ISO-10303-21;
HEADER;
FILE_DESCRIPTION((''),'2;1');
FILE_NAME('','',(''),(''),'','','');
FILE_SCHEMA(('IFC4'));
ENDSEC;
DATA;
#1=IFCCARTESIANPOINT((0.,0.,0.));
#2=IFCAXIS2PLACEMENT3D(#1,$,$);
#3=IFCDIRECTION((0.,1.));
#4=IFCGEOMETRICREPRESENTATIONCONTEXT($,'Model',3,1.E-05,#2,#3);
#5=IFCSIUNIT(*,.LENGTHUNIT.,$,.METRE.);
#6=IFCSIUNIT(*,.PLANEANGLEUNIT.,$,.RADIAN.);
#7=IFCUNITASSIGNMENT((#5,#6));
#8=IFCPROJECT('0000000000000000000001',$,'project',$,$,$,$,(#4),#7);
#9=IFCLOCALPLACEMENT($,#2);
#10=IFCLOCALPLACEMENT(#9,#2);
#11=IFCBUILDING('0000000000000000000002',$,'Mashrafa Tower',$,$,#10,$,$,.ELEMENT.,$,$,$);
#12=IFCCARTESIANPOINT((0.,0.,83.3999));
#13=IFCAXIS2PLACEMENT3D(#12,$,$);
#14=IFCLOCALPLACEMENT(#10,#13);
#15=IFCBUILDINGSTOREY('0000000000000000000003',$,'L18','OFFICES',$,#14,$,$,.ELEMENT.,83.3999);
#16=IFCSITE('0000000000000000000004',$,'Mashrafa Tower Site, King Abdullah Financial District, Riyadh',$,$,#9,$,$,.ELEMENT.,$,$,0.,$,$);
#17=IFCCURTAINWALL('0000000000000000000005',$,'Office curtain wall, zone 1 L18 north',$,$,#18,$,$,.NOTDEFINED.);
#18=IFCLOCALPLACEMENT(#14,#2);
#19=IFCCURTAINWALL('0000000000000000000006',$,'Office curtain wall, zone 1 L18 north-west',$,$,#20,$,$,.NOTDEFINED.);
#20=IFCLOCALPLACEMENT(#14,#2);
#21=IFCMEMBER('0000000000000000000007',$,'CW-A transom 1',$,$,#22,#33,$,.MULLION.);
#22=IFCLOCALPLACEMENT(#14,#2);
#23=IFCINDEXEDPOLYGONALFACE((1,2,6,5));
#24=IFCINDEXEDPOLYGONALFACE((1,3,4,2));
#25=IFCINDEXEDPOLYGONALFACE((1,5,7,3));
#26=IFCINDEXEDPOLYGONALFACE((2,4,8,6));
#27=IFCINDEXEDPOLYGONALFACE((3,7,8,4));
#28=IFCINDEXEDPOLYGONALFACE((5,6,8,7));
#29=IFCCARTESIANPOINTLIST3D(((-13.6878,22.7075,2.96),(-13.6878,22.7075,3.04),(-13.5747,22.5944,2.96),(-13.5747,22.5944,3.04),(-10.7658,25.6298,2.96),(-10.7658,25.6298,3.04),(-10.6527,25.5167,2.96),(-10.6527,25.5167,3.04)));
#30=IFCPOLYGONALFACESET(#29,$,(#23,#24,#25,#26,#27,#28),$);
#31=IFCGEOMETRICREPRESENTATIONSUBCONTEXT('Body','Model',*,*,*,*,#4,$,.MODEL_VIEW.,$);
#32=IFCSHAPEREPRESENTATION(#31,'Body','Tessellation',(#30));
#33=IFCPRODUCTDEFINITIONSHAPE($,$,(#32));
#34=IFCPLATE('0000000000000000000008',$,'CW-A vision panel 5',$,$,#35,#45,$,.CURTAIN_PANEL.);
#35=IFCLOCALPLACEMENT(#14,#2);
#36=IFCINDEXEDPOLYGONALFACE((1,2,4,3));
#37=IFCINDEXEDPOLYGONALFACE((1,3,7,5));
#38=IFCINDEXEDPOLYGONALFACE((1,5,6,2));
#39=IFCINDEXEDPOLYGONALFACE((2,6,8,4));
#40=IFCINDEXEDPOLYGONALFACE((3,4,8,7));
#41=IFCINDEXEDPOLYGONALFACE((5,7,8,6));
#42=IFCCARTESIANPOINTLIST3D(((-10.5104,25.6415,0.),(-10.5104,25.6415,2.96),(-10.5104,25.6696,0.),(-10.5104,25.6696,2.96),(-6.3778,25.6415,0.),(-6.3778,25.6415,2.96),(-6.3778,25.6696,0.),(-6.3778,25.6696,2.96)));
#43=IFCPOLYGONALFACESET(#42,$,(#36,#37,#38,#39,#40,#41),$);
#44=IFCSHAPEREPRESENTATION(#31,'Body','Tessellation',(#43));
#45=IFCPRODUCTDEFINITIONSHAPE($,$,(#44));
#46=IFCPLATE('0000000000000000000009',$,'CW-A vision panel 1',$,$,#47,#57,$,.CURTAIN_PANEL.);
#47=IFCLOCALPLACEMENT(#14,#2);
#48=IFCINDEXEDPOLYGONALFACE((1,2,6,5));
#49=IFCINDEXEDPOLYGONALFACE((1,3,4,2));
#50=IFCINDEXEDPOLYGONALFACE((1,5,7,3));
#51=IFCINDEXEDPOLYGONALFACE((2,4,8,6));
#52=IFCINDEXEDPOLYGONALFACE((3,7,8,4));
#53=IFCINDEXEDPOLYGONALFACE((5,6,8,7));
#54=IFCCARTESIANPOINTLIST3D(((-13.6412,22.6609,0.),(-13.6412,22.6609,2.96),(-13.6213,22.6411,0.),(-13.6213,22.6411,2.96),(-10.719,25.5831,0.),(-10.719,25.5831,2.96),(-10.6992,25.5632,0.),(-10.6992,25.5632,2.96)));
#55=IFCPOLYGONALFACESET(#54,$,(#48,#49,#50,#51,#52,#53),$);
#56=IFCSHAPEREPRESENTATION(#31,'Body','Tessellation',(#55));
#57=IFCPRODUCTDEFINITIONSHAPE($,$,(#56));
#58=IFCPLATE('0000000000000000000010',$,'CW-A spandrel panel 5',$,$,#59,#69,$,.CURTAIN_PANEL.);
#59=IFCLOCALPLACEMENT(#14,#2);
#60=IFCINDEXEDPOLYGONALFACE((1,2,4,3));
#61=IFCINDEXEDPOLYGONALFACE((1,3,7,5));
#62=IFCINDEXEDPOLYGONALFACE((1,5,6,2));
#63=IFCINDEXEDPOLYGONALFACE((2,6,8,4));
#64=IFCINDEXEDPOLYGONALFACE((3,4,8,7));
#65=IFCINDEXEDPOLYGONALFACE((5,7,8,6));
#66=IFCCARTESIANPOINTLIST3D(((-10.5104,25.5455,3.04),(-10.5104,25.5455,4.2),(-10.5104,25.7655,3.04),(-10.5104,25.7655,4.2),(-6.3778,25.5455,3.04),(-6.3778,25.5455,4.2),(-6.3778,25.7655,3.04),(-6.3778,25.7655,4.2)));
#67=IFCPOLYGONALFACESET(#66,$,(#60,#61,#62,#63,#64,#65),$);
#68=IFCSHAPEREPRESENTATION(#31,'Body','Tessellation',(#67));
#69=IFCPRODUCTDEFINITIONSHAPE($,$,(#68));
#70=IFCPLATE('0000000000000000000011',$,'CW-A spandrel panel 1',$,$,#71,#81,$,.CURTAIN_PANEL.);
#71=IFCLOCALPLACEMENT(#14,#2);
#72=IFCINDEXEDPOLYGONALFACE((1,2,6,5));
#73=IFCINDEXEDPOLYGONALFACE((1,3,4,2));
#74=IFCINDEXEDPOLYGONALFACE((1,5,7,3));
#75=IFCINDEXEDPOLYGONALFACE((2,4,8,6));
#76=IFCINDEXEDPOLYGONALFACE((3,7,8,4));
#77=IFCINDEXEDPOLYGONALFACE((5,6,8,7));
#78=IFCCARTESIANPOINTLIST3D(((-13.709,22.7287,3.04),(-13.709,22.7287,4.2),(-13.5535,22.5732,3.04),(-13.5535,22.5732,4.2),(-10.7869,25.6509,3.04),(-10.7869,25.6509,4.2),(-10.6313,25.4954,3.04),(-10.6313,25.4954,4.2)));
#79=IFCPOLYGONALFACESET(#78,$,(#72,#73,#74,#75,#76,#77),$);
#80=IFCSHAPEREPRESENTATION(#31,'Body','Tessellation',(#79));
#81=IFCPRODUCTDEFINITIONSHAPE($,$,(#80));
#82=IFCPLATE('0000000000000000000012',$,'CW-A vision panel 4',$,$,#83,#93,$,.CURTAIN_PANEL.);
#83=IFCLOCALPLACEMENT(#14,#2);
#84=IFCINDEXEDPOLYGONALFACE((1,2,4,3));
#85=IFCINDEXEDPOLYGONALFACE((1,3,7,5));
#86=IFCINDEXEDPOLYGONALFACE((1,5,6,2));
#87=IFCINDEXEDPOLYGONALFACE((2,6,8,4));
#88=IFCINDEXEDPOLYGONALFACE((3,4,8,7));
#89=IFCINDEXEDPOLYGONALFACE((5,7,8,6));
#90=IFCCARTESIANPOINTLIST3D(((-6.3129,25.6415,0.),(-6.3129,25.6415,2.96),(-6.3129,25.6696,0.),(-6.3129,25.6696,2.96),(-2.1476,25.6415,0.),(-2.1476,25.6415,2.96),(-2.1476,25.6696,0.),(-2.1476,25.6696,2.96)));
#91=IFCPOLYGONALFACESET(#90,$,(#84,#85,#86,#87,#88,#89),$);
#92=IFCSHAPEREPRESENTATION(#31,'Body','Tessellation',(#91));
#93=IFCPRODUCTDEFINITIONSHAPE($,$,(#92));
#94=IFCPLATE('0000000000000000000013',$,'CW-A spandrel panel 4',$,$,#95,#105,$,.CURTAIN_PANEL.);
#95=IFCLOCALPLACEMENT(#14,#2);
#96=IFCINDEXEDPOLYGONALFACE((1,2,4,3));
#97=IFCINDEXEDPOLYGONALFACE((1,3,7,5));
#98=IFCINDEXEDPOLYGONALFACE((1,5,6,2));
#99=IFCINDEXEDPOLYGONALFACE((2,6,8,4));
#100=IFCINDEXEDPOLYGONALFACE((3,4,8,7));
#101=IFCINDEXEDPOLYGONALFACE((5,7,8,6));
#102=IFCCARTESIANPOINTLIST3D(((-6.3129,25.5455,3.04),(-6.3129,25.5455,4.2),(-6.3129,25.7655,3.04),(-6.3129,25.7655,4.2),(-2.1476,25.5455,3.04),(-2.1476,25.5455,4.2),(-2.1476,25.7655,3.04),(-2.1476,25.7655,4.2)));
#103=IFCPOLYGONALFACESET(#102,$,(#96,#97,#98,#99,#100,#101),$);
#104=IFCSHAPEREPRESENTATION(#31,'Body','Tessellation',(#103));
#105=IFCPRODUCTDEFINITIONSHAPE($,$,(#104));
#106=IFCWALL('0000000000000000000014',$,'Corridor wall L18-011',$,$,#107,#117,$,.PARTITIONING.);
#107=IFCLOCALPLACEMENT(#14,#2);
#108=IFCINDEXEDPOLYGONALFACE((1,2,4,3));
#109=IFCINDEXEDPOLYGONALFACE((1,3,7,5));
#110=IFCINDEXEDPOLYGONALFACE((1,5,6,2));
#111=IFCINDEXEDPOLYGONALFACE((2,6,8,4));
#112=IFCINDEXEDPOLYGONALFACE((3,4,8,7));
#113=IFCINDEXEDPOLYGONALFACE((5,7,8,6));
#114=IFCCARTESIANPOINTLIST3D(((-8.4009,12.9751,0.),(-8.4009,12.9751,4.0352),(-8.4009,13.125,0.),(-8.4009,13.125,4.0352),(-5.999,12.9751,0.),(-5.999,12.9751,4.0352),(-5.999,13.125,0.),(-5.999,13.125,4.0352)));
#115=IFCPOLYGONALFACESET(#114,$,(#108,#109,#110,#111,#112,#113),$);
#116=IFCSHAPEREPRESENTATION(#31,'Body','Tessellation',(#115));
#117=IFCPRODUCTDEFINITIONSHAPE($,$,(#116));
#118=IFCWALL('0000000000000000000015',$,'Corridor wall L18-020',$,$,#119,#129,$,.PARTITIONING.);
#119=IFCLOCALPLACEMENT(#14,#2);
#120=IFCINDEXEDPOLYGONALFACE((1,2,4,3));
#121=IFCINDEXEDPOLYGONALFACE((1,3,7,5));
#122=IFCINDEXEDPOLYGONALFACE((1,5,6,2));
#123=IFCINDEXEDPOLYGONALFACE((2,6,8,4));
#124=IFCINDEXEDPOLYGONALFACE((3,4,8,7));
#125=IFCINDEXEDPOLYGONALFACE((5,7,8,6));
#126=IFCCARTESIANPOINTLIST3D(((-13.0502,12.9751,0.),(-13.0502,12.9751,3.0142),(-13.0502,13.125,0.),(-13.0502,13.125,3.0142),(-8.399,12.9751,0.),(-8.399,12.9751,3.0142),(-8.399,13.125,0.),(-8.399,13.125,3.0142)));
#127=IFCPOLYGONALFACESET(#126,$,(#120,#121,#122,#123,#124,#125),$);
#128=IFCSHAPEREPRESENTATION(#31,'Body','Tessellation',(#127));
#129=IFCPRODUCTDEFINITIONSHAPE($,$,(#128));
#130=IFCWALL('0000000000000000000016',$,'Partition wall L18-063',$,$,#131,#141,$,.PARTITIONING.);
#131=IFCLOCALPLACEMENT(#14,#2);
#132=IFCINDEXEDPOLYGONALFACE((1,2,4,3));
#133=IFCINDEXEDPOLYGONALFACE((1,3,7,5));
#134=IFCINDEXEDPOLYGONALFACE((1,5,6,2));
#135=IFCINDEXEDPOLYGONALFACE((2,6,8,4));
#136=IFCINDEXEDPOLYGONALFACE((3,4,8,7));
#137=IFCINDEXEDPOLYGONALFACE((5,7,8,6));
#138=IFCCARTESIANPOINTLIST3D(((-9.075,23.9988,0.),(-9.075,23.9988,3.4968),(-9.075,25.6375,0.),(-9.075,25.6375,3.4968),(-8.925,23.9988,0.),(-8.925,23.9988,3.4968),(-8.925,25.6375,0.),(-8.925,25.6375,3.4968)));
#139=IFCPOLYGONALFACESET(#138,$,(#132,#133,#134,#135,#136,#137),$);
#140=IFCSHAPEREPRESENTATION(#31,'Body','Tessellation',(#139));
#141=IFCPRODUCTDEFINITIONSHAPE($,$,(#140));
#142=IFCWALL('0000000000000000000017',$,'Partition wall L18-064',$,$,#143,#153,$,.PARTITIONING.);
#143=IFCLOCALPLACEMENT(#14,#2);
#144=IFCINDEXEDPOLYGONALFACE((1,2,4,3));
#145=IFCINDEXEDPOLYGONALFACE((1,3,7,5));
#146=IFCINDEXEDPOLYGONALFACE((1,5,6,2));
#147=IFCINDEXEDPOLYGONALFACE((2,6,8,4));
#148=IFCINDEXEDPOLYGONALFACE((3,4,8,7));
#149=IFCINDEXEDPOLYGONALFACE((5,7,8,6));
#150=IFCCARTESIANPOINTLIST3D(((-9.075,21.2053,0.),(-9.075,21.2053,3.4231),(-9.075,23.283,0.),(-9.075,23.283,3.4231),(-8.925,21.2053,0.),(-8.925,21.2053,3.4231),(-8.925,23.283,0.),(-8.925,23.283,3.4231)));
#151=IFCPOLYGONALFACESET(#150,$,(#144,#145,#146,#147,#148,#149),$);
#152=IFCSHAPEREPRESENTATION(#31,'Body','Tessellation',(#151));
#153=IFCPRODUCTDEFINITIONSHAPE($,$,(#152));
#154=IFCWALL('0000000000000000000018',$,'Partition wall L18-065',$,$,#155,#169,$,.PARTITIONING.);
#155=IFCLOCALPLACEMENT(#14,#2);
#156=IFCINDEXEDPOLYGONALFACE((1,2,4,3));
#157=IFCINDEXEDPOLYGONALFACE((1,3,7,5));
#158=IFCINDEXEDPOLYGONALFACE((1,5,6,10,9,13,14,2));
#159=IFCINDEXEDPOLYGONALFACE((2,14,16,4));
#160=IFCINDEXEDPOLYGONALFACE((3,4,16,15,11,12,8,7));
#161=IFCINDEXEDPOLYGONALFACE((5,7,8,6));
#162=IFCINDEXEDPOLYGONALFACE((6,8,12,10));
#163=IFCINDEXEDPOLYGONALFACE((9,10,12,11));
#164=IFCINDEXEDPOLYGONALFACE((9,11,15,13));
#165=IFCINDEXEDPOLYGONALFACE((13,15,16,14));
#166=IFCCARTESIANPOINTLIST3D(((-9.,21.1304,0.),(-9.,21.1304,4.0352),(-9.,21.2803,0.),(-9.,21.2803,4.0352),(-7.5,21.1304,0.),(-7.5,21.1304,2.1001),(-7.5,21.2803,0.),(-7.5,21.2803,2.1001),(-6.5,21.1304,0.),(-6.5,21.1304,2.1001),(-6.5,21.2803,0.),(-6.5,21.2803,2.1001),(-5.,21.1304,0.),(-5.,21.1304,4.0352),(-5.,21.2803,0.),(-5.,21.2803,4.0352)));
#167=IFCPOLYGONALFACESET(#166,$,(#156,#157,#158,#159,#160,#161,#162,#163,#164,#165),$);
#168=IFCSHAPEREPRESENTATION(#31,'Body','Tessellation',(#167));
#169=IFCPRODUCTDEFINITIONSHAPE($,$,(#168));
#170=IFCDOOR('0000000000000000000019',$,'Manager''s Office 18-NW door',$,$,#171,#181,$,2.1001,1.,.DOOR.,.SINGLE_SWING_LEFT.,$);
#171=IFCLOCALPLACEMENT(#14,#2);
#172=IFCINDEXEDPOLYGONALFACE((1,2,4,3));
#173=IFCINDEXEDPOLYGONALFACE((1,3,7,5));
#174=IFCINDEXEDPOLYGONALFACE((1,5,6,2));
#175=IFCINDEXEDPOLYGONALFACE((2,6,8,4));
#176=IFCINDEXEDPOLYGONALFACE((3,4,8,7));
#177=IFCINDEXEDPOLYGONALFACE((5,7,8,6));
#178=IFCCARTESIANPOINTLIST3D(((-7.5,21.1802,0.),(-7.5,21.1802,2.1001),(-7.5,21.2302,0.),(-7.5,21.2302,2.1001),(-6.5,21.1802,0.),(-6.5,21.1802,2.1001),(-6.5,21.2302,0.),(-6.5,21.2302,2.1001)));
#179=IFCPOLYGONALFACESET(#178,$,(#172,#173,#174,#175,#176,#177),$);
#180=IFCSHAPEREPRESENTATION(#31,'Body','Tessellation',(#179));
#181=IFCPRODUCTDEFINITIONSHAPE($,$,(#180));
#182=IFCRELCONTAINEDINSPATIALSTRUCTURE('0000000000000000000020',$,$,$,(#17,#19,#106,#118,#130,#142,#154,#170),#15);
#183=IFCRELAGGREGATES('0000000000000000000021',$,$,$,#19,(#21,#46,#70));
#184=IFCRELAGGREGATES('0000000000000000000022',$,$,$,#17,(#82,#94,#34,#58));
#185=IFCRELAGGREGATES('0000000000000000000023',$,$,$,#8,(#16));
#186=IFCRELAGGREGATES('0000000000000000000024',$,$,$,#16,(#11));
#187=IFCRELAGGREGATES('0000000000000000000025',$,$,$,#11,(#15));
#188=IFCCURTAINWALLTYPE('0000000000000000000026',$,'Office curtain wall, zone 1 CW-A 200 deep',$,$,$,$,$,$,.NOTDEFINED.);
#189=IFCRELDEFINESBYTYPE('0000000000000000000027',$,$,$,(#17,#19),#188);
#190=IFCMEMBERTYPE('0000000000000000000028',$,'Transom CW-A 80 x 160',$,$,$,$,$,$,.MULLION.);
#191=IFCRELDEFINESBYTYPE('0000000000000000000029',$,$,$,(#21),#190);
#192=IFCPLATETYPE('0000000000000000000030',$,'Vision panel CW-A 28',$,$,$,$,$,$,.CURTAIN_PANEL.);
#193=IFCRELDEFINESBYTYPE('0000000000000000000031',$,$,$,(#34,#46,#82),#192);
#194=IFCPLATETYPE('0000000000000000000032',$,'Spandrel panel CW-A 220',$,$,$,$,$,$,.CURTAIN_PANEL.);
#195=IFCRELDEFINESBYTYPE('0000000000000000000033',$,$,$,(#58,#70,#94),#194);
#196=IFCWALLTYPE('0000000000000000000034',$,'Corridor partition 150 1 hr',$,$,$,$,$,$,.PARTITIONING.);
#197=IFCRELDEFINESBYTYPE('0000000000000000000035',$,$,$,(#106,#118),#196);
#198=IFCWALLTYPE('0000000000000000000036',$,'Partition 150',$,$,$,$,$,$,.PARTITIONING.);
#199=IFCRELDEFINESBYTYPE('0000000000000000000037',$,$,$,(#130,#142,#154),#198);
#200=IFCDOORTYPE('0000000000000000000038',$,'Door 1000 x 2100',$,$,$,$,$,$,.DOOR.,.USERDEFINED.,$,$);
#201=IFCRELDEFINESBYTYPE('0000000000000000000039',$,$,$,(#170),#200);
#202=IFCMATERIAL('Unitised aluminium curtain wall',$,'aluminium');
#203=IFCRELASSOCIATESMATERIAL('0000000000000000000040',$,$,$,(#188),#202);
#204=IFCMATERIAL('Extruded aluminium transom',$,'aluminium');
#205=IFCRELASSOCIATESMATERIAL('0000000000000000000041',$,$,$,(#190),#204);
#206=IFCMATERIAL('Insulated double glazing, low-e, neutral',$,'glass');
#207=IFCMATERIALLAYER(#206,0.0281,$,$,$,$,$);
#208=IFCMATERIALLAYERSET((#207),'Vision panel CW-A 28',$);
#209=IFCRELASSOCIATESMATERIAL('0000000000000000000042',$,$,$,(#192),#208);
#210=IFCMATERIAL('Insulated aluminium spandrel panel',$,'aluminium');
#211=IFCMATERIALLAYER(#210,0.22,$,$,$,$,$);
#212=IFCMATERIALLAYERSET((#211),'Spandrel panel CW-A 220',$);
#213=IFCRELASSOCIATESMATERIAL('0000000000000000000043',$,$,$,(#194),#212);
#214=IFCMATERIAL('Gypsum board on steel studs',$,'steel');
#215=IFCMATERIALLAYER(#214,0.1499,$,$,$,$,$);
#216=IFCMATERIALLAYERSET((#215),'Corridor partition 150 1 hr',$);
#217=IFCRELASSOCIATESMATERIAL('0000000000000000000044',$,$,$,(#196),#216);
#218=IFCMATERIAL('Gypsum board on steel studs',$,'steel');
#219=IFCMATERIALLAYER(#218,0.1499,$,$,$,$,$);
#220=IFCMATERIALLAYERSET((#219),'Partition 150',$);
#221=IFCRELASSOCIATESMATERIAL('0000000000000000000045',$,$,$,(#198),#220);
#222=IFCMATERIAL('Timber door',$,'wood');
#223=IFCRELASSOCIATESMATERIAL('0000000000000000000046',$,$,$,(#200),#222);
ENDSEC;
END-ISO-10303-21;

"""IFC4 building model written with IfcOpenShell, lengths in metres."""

from ifc_helpers import new_model, si_unit, direction, frame, frame_2d, origin, origin_2d, place, context, subcontext, project, spatial, rectangle, extrude, source, transform, mapped, material, layer, layer_set, material_profile, profile_set, type_object, type_shapes, element, fill, aggregate, save


model = new_model("IFC4")

# Units and contexts
model_context = context("Model", 3, precision=1e-05, world=origin(), true_north=direction((0.0, 1.0)))
body_context = subcontext(model_context, "Body", "Model", "MODEL_VIEW")
ifc_project = project(units=[si_unit("LENGTHUNIT", "METRE"), si_unit("PLANEANGLEUNIT", "RADIAN")], contexts=[model_context])

# Site, building, storey
site_placement = place(None, origin())
site = spatial("IfcSite", under=ifc_project, at=site_placement, Name="Mashrafa Tower Site, King Abdullah Financial District, Riyadh", CompositionType="ELEMENT", RefElevation=0.0)
building_placement = place(site_placement, origin())
building = spatial("IfcBuilding", under=site, at=building_placement, Name="Mashrafa Tower", CompositionType="ELEMENT")
storey_placement = place(building_placement, frame((0.0, 0.0, 83.3999)))
storey = spatial("IfcBuildingStorey", under=building, at=storey_placement, Name="L18", Description="OFFICES", CompositionType="ELEMENT", Elevation=83.3999)

# Curtain wall
ifc_material_1 = material(Name="Unitised aluminium curtain wall", Category="aluminium")
curtain_wall_type = type_object("IfcCurtainWallType", Name="Office curtain wall, zone 1 CW-A 200 deep", PredefinedType="NOTDEFINED", material=ifc_material_1)
curtain_wall_1_placement = place(storey_placement, origin())
curtain_wall_1 = element("IfcCurtainWall", 1, at=curtain_wall_1_placement, inside=storey, type_object=curtain_wall_type, Name="Office curtain wall, zone 1 L18 north", PredefinedType="NOTDEFINED")

# Curtain wall
curtain_wall_2_placement = place(storey_placement, origin())
curtain_wall_2 = element("IfcCurtainWall", 2, at=curtain_wall_2_placement, inside=storey, type_object=curtain_wall_type, Name="Office curtain wall, zone 1 L18 north-west", PredefinedType="NOTDEFINED")

# Member
ifc_material_2 = material(Name="Extruded aluminium transom", Category="aluminium")
ifc_material_profile_1 = material_profile(ifc_material_2, rectangle(XDim=0.1599, YDim=0.0801, at=origin_2d()), Name="Transom 80x160")
ifc_profile_set_1 = profile_set([ifc_material_profile_1], Name="Extruded aluminium transom")
member_type_1 = type_object("IfcMemberType", Name="Transom CW-A 80 x 160", PredefinedType="MULLION", material=ifc_profile_set_1)
shared_shape_1 = source(origin(), body_context, "Body", "SweptSolid", [
    extrude(rectangle(XDim=0.1599, YDim=0.0801, at=origin_2d()), origin(), (0.0, 0.0, 1.0), 4.1326),
])
member_1_placement = place(storey_placement, frame((-10.7092, 25.5732, 3.0), z_axis=(-0.707077, -0.707136, 0.0), x_axis=(0.707136, -0.707077, 0.0)))
member_1 = element("IfcMember", 3, at=member_1_placement, type_object=member_type_1, Name="CW-A transom 1", PredefinedType="MULLION", context=body_context, shape_type="MappedRepresentation", body=[
    mapped(shared_shape_1, transform((0.0, 0.0, 0.0))),
])

# Plates
ifc_material_3 = material(Name="Insulated double glazing, low-e, neutral", Category="glass")
ifc_layer_1 = layer(ifc_material_3, 0.0281)
ifc_layer_set_1 = layer_set([ifc_layer_1], Name="Vision panel CW-A 28")
plate_type_1 = type_object("IfcPlateType", Name="Vision panel CW-A 28", PredefinedType="CURTAIN_PANEL", material=ifc_layer_set_1)
shared_shape_2 = source(origin(), body_context, "Body", "SweptSolid", [
    extrude(rectangle(XDim=4.1326, YDim=0.0281, at=origin_2d()), origin(), (0.0, 0.0, 1.0), 2.96),
])
plate_1_placement = place(storey_placement, frame((-8.4441, 25.6555, 0.0), z_axis=(0.0, 0.0, 1.0), x_axis=(-1.0, 0.0, 0.0)))
plate_1 = element("IfcPlate", 4, at=plate_1_placement, type_object=plate_type_1, Name="CW-A vision panel 5", PredefinedType="CURTAIN_PANEL", context=body_context, shape_type="MappedRepresentation", body=[
    mapped(shared_shape_2, transform((0.0, 0.0, 0.0))),
])
plate_2_placement = place(storey_placement, frame((-12.1702, 24.1121, 0.0), z_axis=(0.0, 0.0, 1.0), x_axis=(-0.707107, -0.707107, 0.0)))
plate_2 = element("IfcPlate", 5, at=plate_2_placement, type_object=plate_type_1, Name="CW-A vision panel 1", PredefinedType="CURTAIN_PANEL", context=body_context, shape_type="MappedRepresentation", body=[
    mapped(shared_shape_2, transform((0.0, 0.0, 0.0))),
])
ifc_material_4 = material(Name="Insulated aluminium spandrel panel", Category="aluminium")
ifc_layer_2 = layer(ifc_material_4, 0.22)
ifc_layer_set_2 = layer_set([ifc_layer_2], Name="Spandrel panel CW-A 220")
plate_type_2 = type_object("IfcPlateType", Name="Spandrel panel CW-A 220", PredefinedType="CURTAIN_PANEL", material=ifc_layer_set_2)
shared_shape_3 = source(origin(), body_context, "Body", "SweptSolid", [
    extrude(rectangle(XDim=4.1326, YDim=0.22, at=origin_2d()), origin(), (0.0, 0.0, 1.0), 1.1599),
])
plate_3_placement = place(storey_placement, frame((-8.4441, 25.6555, 3.04), z_axis=(0.0, 0.0, 1.0), x_axis=(-1.0, 0.0, 0.0)))
plate_3 = element("IfcPlate", 6, at=plate_3_placement, type_object=plate_type_2, Name="CW-A spandrel panel 5", PredefinedType="CURTAIN_PANEL", context=body_context, shape_type="MappedRepresentation", body=[
    mapped(shared_shape_3, transform((0.0, 0.0, 0.0))),
])
plate_4_placement = place(storey_placement, frame((-12.1702, 24.1121, 3.04), z_axis=(0.0, 0.0, 1.0), x_axis=(-0.707107, -0.707107, 0.0)))
plate_4 = element("IfcPlate", 7, at=plate_4_placement, type_object=plate_type_2, Name="CW-A spandrel panel 1", PredefinedType="CURTAIN_PANEL", context=body_context, shape_type="MappedRepresentation", body=[
    mapped(shared_shape_3, transform((0.0, 0.0, 0.0))),
])
aggregate(curtain_wall_2, [member_1, plate_2, plate_4])
shared_shape_4 = source(origin(), body_context, "Body", "SweptSolid", [
    extrude(rectangle(XDim=4.1653, YDim=0.0281, at=origin_2d()), origin(), (0.0, 0.0, 1.0), 2.96),
])
type_shapes(plate_type_1, [shared_shape_2, shared_shape_4])
plate_5_placement = place(storey_placement, frame((-4.2302, 25.6555, 0.0), z_axis=(0.0, 0.0, 1.0), x_axis=(-1.0, 0.0, 0.0)))
plate_5 = element("IfcPlate", 8, at=plate_5_placement, type_object=plate_type_1, Name="CW-A vision panel 4", PredefinedType="CURTAIN_PANEL", context=body_context, shape_type="MappedRepresentation", body=[
    mapped(shared_shape_4, transform((0.0, 0.0, 0.0))),
])
shared_shape_5 = source(origin(), body_context, "Body", "SweptSolid", [
    extrude(rectangle(XDim=4.1653, YDim=0.22, at=origin_2d()), origin(), (0.0, 0.0, 1.0), 1.1599),
])
type_shapes(plate_type_2, [shared_shape_3, shared_shape_5])
plate_6_placement = place(storey_placement, frame((-4.2302, 25.6555, 3.04), z_axis=(0.0, 0.0, 1.0), x_axis=(-1.0, 0.0, 0.0)))
plate_6 = element("IfcPlate", 9, at=plate_6_placement, type_object=plate_type_2, Name="CW-A spandrel panel 4", PredefinedType="CURTAIN_PANEL", context=body_context, shape_type="MappedRepresentation", body=[
    mapped(shared_shape_5, transform((0.0, 0.0, 0.0))),
])
aggregate(curtain_wall_1, [plate_5, plate_6, plate_1, plate_3])

# Walls
ifc_material_5 = material(Name="Gypsum board on steel studs", Category="steel")
ifc_layer_3 = layer(ifc_material_5, 0.1499)
ifc_layer_set_3 = layer_set([ifc_layer_3], Name="Corridor partition 150 1 hr")
wall_type_1 = type_object("IfcWallType", Name="Corridor partition 150 1 hr", PredefinedType="PARTITIONING", material=ifc_layer_set_3)
wall_1_placement = place(storey_placement, frame((-5.999, 13.05, 0.0), z_axis=(0.0, 0.0, 1.0), x_axis=(-1.0, 0.0, 0.0)))
element("IfcWall", 10, at=wall_1_placement, inside=storey, type_object=wall_type_1, Name="Corridor wall L18-011", PredefinedType="PARTITIONING", context=body_context, shape_type="SweptSolid", body=[
    extrude(rectangle(XDim=2.4019, YDim=0.1499, at=frame_2d((1.2009, 0.0))), origin(), (0.0, 0.0, 1.0), 4.0352),
])
wall_2_placement = place(storey_placement, frame((-8.3989, 13.05, 0.0), z_axis=(0.0, 0.0, 1.0), x_axis=(-1.0, 0.0, 0.0)))
element("IfcWall", 11, at=wall_2_placement, inside=storey, type_object=wall_type_1, Name="Corridor wall L18-020", PredefinedType="PARTITIONING", context=body_context, shape_type="SweptSolid", body=[
    extrude(rectangle(XDim=4.6511, YDim=0.1499, at=frame_2d((2.3257, 0.0))), origin(), (0.0, 0.0, 1.0), 3.0142),
])
ifc_material_6 = material(Name="Gypsum board on steel studs", Category="steel")
ifc_layer_4 = layer(ifc_material_6, 0.1499)
ifc_layer_set_4 = layer_set([ifc_layer_4], Name="Partition 150")
wall_type_2 = type_object("IfcWallType", Name="Partition 150", PredefinedType="PARTITIONING", material=ifc_layer_set_4)
wall_3_placement = place(storey_placement, frame((-9.0, 25.6375, 0.0), z_axis=(0.0, 0.0, 1.0), x_axis=(0.0, -1.0, 0.0)))
element("IfcWall", 12, at=wall_3_placement, inside=storey, type_object=wall_type_2, Name="Partition wall L18-063", PredefinedType="PARTITIONING", context=body_context, shape_type="SweptSolid", body=[
    extrude(rectangle(XDim=1.6387, YDim=0.1499, at=frame_2d((0.8193, 0.0))), origin(), (0.0, 0.0, 1.0), 3.4968),
])
wall_4_placement = place(storey_placement, frame((-9.0, 23.283, 0.0), z_axis=(0.0, 0.0, 1.0), x_axis=(0.0, -1.0, 0.0)))
element("IfcWall", 13, at=wall_4_placement, inside=storey, type_object=wall_type_2, Name="Partition wall L18-064", PredefinedType="PARTITIONING", context=body_context, shape_type="SweptSolid", body=[
    extrude(rectangle(XDim=2.0776, YDim=0.1499, at=frame_2d((1.0388, 0.0))), origin(), (0.0, 0.0, 1.0), 3.4231),
])

# Wall, opening, door
wall_5_placement = place(storey_placement, frame((-9.0, 21.2053, 0.0), z_axis=(0.0, 0.0, 1.0), x_axis=(1.0, 0.0, 0.0)))
wall_5 = element("IfcWall", 14, at=wall_5_placement, inside=storey, type_object=wall_type_2, Name="Partition wall L18-065", PredefinedType="PARTITIONING", context=body_context, shape_type="SweptSolid", body=[
    extrude(rectangle(XDim=4.0, YDim=0.1499, at=frame_2d((2.0, 0.0))), origin(), (0.0, 0.0, 1.0), 4.0352),
])
opening_1_placement = place(wall_5_placement, frame((1.5, 0.0, 0.0)))
opening_1 = element("IfcOpeningElement", 15, at=opening_1_placement, cuts=wall_5, PredefinedType="OPENING", context=body_context, shape_type="SweptSolid", body=[
    extrude(rectangle(XDim=1.0, YDim=2.1001, at=frame_2d((0.5, 1.05))), frame((0.0, 0.085, 0.0), z_axis=(0.0, -1.0, 0.0), x_axis=(1.0, 0.0, 0.0)), (0.0, 0.0, 1.0), 0.1699),
])
ifc_material_7 = material(Name="Timber door", Category="wood")
door_type = type_object("IfcDoorType", Name="Door 1000 x 2100", OperationType="USERDEFINED", PredefinedType="DOOR", material=ifc_material_7)
door_1_placement = place(opening_1_placement, origin())
door_1 = element("IfcDoor", 16, at=door_1_placement, inside=storey, type_object=door_type, Name="Manager's Office 18-NW door", OperationType="SINGLE_SWING_LEFT", OverallHeight=2.1001, OverallWidth=1.0, PredefinedType="DOOR", context=body_context, shape_type="SweptSolid", body=[
    extrude(rectangle(XDim=1.0, YDim=2.1001, at=frame_2d((0.5, 1.05))), frame((0.0, 0.0249, 0.0), z_axis=(0.0, -1.0, 0.0), x_axis=(1.0, 0.0, 0.0)), (0.0, 0.0, 1.0), 0.05),
])
fill(opening_1, door_1)

save(model, "model.ifc")
